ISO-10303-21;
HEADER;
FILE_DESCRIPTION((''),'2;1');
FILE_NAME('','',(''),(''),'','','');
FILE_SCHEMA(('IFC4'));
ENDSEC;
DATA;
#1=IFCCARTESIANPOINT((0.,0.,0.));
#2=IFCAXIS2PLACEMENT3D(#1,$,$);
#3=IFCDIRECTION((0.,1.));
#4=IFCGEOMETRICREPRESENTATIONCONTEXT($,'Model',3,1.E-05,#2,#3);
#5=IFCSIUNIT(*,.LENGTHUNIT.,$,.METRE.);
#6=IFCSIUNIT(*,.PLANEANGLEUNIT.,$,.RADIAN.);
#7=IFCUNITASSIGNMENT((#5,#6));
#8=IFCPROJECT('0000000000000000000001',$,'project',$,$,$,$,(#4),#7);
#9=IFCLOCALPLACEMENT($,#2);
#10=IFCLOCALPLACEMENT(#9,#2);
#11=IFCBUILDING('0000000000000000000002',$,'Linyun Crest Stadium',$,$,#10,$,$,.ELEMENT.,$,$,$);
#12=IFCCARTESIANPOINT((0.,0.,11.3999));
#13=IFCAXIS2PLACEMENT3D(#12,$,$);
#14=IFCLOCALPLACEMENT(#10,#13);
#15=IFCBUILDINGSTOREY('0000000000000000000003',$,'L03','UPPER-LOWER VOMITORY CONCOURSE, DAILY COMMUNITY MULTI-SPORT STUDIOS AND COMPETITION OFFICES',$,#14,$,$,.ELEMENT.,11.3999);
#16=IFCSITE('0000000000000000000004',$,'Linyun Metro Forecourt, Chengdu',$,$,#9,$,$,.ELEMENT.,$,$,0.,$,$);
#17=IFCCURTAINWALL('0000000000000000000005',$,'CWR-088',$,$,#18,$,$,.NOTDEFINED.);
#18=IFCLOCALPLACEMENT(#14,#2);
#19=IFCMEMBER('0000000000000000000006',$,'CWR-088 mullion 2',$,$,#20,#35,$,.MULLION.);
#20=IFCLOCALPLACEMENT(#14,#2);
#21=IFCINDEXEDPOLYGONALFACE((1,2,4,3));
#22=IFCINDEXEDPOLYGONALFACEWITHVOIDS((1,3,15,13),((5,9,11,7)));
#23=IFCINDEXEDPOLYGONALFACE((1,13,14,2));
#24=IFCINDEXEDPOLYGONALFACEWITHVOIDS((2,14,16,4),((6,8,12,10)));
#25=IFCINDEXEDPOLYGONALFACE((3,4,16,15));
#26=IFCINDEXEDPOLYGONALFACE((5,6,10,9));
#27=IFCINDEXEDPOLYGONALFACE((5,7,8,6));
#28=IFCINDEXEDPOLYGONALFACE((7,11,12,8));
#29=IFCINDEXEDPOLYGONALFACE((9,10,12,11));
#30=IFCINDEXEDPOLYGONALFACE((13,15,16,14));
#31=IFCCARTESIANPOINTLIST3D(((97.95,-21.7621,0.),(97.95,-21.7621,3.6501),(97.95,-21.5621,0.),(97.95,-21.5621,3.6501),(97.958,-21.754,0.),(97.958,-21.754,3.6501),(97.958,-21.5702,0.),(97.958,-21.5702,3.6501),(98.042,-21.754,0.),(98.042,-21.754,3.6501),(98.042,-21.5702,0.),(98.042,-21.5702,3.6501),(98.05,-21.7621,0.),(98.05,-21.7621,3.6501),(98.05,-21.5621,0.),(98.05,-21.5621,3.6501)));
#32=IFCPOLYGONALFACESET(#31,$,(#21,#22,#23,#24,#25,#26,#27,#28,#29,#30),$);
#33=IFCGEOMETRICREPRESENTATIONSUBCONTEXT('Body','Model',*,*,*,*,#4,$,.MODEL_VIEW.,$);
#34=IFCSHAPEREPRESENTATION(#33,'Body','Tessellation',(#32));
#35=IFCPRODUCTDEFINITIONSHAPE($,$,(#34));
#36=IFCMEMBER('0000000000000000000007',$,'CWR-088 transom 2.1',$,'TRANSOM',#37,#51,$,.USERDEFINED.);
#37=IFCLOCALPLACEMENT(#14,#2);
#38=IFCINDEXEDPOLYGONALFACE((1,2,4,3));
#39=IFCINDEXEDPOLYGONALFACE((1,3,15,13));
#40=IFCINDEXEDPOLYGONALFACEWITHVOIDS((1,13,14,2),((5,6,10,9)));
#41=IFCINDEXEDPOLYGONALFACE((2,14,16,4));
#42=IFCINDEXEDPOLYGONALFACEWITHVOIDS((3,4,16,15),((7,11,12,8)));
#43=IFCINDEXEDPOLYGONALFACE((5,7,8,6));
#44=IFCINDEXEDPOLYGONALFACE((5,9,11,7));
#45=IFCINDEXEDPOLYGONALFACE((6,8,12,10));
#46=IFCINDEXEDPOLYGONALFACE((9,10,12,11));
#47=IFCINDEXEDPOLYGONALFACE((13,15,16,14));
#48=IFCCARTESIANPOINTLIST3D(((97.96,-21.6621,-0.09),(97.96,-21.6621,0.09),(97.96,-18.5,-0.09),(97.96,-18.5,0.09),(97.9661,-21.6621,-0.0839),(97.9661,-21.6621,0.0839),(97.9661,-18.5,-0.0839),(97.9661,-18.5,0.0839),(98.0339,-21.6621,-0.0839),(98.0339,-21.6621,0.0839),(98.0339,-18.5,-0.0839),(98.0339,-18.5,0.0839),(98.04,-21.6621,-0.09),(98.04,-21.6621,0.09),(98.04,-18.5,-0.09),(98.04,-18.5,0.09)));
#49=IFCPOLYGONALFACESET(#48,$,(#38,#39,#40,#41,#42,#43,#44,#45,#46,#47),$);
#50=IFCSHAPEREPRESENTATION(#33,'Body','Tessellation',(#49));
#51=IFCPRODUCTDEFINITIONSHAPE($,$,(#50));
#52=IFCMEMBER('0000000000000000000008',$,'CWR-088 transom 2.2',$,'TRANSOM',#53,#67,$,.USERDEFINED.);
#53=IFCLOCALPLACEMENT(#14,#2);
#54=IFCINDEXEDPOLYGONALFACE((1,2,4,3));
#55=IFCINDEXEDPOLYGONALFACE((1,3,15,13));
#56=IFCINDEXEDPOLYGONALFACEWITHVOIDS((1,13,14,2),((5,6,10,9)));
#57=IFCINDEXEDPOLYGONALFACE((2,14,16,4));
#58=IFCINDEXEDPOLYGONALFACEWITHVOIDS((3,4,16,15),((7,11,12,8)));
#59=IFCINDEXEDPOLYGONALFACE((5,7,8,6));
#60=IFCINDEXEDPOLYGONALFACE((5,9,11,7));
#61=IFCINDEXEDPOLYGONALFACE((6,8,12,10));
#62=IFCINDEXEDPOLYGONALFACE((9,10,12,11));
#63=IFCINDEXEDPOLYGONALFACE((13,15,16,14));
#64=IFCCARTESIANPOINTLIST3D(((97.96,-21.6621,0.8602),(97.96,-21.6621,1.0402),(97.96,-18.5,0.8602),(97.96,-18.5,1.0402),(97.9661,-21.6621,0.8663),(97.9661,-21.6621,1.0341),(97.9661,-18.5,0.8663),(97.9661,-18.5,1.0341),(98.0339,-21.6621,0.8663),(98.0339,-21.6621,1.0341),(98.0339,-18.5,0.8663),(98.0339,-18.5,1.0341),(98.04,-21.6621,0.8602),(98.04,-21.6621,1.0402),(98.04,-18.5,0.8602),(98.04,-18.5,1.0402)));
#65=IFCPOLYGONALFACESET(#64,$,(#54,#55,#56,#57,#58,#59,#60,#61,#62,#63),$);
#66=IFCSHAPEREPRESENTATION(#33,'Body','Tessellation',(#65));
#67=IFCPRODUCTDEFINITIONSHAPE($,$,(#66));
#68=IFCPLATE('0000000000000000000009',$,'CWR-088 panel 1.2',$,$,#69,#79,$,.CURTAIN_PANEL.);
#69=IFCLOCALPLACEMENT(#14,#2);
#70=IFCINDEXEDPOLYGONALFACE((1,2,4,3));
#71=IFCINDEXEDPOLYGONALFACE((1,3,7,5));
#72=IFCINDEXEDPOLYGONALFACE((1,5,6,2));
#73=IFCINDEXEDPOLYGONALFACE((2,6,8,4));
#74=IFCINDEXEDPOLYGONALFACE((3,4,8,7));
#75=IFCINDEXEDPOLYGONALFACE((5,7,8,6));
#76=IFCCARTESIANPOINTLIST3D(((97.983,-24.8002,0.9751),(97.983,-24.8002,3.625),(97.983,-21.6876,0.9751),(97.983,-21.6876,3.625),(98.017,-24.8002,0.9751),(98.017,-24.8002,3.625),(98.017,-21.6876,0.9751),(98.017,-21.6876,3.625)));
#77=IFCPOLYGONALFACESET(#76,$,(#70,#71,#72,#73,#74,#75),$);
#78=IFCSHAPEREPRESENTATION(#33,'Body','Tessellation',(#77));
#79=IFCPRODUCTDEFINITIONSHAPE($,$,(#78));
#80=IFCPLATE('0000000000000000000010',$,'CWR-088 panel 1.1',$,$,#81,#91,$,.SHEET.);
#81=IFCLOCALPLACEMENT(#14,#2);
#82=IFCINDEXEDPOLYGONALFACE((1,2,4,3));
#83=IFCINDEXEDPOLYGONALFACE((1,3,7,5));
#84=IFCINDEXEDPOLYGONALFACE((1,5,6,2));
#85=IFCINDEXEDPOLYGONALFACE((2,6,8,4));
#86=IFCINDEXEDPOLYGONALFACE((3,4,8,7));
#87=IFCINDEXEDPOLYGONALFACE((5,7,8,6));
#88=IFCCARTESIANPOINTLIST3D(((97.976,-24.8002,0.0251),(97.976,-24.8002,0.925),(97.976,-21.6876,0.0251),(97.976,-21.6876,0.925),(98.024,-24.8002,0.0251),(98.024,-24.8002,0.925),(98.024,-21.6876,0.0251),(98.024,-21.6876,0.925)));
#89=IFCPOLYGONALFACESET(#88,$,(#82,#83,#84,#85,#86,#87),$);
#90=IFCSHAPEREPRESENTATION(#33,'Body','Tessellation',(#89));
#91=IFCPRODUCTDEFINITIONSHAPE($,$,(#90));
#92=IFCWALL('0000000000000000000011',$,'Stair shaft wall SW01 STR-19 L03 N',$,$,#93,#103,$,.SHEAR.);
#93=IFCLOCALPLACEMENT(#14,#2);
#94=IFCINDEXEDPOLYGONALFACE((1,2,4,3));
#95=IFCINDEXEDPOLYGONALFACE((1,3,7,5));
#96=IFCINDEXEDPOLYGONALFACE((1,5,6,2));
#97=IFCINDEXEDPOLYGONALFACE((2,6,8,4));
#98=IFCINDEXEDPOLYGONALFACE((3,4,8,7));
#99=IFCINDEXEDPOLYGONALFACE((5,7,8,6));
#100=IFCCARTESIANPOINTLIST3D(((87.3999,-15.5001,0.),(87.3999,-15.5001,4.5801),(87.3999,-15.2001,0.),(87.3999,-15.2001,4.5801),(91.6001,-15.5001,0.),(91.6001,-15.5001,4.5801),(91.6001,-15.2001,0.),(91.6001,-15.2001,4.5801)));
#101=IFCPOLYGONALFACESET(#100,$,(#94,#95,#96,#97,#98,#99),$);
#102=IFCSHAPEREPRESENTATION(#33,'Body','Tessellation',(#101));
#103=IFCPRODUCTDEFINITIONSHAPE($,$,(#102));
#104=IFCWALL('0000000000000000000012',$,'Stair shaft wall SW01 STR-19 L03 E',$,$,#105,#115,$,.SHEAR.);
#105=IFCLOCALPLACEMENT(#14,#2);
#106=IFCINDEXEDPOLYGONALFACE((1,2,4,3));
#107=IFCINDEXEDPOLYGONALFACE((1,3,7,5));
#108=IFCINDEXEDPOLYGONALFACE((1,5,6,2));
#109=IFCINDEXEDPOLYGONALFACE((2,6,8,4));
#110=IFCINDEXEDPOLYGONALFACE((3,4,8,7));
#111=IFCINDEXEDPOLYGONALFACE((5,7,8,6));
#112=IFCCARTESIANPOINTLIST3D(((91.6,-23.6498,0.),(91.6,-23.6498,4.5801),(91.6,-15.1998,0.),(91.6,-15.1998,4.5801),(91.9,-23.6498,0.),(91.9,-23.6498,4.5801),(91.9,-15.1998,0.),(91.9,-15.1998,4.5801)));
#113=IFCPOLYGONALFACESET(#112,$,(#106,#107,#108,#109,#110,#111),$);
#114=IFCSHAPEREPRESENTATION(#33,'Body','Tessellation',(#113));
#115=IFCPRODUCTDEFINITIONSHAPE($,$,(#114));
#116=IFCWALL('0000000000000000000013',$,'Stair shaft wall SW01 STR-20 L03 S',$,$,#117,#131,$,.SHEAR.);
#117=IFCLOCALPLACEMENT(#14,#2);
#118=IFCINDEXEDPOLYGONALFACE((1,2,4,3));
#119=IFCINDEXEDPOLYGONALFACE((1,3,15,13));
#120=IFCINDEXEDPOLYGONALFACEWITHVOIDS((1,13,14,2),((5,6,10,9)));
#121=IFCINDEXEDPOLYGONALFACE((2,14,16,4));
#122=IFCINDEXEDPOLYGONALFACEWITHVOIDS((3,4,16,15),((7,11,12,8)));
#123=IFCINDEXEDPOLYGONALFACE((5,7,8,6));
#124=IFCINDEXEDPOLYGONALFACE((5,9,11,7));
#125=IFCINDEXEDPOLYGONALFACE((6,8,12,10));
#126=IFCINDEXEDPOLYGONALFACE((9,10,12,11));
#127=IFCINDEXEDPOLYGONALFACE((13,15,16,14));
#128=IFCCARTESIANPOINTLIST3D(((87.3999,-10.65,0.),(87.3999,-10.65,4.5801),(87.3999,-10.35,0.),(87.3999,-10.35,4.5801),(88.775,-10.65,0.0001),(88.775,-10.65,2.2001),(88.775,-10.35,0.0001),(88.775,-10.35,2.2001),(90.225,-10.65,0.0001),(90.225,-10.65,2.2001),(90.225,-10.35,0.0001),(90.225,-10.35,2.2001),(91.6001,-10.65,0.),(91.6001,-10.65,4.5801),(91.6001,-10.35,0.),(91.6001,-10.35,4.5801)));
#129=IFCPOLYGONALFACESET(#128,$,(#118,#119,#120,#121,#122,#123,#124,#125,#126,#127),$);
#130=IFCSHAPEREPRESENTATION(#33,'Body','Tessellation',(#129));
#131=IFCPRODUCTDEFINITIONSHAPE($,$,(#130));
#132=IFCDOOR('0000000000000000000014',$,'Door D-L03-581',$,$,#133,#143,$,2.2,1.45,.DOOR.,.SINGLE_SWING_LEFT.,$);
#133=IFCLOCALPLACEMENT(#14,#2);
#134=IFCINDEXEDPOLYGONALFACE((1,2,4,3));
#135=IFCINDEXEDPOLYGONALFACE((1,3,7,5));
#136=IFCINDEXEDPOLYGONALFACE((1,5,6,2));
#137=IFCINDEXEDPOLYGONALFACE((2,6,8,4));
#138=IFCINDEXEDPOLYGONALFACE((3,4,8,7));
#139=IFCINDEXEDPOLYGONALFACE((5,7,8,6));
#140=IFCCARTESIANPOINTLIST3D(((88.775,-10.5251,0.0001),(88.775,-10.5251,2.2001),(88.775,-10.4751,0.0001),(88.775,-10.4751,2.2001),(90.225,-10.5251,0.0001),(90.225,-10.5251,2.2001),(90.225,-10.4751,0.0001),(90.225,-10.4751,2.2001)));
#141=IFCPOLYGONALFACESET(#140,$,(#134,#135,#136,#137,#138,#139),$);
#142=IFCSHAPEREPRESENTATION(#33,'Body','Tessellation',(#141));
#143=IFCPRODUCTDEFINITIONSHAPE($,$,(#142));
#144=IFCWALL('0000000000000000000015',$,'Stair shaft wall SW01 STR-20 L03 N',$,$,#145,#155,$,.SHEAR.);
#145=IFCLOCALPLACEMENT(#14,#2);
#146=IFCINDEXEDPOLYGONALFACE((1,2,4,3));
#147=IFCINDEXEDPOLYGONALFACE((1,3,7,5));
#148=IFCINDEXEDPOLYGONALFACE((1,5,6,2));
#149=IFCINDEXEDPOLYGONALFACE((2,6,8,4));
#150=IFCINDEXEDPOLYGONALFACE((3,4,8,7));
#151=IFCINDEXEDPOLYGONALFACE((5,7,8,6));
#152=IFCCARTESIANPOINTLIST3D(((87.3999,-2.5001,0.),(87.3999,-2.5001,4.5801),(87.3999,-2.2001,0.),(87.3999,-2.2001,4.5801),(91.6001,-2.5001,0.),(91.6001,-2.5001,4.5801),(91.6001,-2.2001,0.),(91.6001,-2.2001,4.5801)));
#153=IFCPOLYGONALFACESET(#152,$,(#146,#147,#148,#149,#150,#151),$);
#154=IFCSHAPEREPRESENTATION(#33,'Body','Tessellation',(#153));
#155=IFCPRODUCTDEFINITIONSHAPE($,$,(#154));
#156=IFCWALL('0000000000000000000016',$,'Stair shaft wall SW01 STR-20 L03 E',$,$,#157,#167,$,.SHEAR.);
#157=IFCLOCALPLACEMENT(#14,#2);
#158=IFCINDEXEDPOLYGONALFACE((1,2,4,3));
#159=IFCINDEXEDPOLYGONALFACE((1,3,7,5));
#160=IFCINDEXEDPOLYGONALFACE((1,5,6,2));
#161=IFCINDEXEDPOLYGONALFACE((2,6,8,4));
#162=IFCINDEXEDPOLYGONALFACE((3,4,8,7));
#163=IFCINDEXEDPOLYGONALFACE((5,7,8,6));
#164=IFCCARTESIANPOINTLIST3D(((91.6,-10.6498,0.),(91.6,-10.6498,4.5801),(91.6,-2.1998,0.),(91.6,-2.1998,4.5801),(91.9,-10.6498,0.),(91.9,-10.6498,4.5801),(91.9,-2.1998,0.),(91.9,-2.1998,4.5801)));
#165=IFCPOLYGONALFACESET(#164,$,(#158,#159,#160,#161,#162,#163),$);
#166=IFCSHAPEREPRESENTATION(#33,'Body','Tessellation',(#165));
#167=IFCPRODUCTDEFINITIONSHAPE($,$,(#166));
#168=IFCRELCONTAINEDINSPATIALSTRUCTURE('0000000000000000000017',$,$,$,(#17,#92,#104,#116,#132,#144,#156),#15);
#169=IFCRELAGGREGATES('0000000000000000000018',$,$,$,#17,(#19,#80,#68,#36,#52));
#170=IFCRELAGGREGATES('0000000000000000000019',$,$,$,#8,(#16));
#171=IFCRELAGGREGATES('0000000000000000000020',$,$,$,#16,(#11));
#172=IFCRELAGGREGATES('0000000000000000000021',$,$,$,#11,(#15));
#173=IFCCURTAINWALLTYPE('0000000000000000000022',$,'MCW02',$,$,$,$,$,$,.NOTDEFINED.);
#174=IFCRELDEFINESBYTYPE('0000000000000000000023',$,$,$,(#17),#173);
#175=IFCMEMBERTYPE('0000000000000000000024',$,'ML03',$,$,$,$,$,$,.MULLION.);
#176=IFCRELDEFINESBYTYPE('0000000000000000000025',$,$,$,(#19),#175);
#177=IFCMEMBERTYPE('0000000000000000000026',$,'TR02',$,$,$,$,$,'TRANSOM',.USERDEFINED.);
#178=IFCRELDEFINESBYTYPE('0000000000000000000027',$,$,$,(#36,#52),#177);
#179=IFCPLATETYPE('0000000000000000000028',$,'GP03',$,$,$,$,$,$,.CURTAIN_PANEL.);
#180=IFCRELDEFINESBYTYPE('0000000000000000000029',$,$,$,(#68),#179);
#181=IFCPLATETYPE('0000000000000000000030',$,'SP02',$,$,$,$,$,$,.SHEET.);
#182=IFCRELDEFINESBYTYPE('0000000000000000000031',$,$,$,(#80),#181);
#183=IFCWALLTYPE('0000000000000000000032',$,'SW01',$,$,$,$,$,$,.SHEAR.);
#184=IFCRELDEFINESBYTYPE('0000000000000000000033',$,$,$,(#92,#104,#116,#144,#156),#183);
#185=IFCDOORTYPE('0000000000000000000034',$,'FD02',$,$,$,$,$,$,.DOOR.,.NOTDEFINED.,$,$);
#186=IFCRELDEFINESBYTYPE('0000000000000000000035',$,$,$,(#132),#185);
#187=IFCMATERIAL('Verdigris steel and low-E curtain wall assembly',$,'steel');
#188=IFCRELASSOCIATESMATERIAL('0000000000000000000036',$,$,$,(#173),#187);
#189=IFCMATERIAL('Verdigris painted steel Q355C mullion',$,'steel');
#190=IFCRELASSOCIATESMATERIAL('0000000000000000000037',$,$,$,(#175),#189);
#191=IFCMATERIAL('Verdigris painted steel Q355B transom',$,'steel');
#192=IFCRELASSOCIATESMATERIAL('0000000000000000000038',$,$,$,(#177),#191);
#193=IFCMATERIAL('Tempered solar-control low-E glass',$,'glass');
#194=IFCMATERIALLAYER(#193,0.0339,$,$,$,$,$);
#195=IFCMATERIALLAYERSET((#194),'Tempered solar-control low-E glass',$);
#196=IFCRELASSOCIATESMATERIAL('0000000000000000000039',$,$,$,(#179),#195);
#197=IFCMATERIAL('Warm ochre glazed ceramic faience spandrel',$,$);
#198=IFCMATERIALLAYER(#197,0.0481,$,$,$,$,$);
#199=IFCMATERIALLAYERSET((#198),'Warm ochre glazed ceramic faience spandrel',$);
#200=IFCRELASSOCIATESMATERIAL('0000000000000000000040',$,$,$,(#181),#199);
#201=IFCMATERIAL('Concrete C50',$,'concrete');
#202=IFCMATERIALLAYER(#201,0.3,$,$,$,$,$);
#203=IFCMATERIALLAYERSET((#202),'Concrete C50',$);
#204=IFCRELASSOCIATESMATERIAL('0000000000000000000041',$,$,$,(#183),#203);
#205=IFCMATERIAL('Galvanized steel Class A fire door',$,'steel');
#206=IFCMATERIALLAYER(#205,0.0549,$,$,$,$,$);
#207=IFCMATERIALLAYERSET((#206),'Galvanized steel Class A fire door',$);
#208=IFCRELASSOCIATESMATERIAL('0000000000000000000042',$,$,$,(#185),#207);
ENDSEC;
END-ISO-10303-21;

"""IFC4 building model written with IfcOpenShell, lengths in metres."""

from ifc_helpers import new_model, si_unit, direction, frame, frame_2d, origin, origin_2d, place, context, subcontext, project, spatial, rectangle, hollow_rectangle, extrude, material, layer, layer_set, material_profile, profile_set, type_object, element, fill, aggregate, save


model = new_model("IFC4")

# Units and contexts
model_context = context("Model", 3, precision=1e-05, world=origin(), true_north=direction((0.0, 1.0)))
body_context = subcontext(model_context, "Body", "Model", "MODEL_VIEW")
ifc_project = project(units=[si_unit("LENGTHUNIT", "METRE"), si_unit("PLANEANGLEUNIT", "RADIAN")], contexts=[model_context])

# Site, building, storey
site_placement = place(None, origin())
site = spatial("IfcSite", under=ifc_project, at=site_placement, Name="Linyun Metro Forecourt, Chengdu", CompositionType="ELEMENT", RefElevation=0.0)
building_placement = place(site_placement, origin())
building = spatial("IfcBuilding", under=site, at=building_placement, Name="Linyun Crest Stadium", CompositionType="ELEMENT")
storey_placement = place(building_placement, frame((0.0, 0.0, 11.3999)))
storey = spatial("IfcBuildingStorey", under=building, at=storey_placement, Name="L03", Description="UPPER-LOWER VOMITORY CONCOURSE, DAILY COMMUNITY MULTI-SPORT STUDIOS AND COMPETITION OFFICES", CompositionType="ELEMENT", Elevation=11.3999)

# Curtain wall, members, plates
ifc_material_1 = material(Name="Verdigris steel and low-E curtain wall assembly", Category="steel")
curtain_wall_type = type_object("IfcCurtainWallType", Name="MCW02", PredefinedType="NOTDEFINED", material=ifc_material_1)
curtain_wall_placement = place(storey_placement, origin())
curtain_wall = element("IfcCurtainWall", 1, at=curtain_wall_placement, inside=storey, type_object=curtain_wall_type, Name="CWR-088", PredefinedType="NOTDEFINED")
ifc_material_2 = material(Name="Verdigris painted steel Q355C mullion", Category="steel")
ifc_material_profile_1 = material_profile(ifc_material_2, hollow_rectangle(XDim=0.1001, YDim=0.2, WallThickness=0.0081, at=origin_2d()), Name="RHS 200x100x8")
ifc_profile_set_1 = profile_set([ifc_material_profile_1], Name="Verdigris painted steel Q355C mullion")
member_type_1 = type_object("IfcMemberType", Name="ML03", PredefinedType="MULLION", material=ifc_profile_set_1)
member_1_placement = place(storey_placement, frame((98.0, -21.6621, 0.0), z_axis=(0.0, 0.0, 1.0), x_axis=(-1.0, 0.0, 0.0)))
member_1 = element("IfcMember", 2, at=member_1_placement, type_object=member_type_1, Name="CWR-088 mullion 2", PredefinedType="MULLION", context=body_context, shape_type="SweptSolid", body=[
    extrude(hollow_rectangle(XDim=0.1001, YDim=0.2, WallThickness=0.0081, at=origin_2d()), origin(), (0.0, 0.0, 1.0), 3.6501),
])
ifc_material_3 = material(Name="Verdigris painted steel Q355B transom", Category="steel")
ifc_material_profile_2 = material_profile(ifc_material_3, hollow_rectangle(XDim=0.0801, YDim=0.1799, WallThickness=0.0061, at=origin_2d()), Name="RHS 180x80x6")
ifc_profile_set_2 = profile_set([ifc_material_profile_2], Name="Verdigris painted steel Q355B transom")
member_type_2 = type_object("IfcMemberType", Name="TR02", ElementType="TRANSOM", PredefinedType="USERDEFINED", material=ifc_profile_set_2)
member_2_placement = place(storey_placement, frame((98.0, -21.6621, 0.0), z_axis=(0.0, 1.0, 0.0), x_axis=(-1.0, 0.0, 0.0)))
member_2 = element("IfcMember", 3, at=member_2_placement, type_object=member_type_2, Name="CWR-088 transom 2.1", ObjectType="TRANSOM", PredefinedType="USERDEFINED", context=body_context, shape_type="SweptSolid", body=[
    extrude(hollow_rectangle(XDim=0.0801, YDim=0.1799, WallThickness=0.0061, at=origin_2d()), origin(), (0.0, 0.0, 1.0), 3.1621),
])
member_3_placement = place(storey_placement, frame((98.0, -21.6621, 0.9502), z_axis=(0.0, 1.0, 0.0), x_axis=(-1.0, 0.0, 0.0)))
member_3 = element("IfcMember", 4, at=member_3_placement, type_object=member_type_2, Name="CWR-088 transom 2.2", ObjectType="TRANSOM", PredefinedType="USERDEFINED", context=body_context, shape_type="SweptSolid", body=[
    extrude(hollow_rectangle(XDim=0.0801, YDim=0.1799, WallThickness=0.0061, at=origin_2d()), origin(), (0.0, 0.0, 1.0), 3.1621),
])
ifc_material_4 = material(Name="Tempered solar-control low-E glass", Category="glass")
ifc_layer_1 = layer(ifc_material_4, 0.0339)
ifc_layer_set_1 = layer_set([ifc_layer_1], Name="Tempered solar-control low-E glass")
plate_type_1 = type_object("IfcPlateType", Name="GP03", PredefinedType="CURTAIN_PANEL", material=ifc_layer_set_1)
plate_1_placement = place(storey_placement, frame((98.0, -23.2439, 0.9751), z_axis=(0.0, 0.0, 1.0), x_axis=(0.0, 1.0, 0.0)))
plate_1 = element("IfcPlate", 5, at=plate_1_placement, type_object=plate_type_1, Name="CWR-088 panel 1.2", PredefinedType="CURTAIN_PANEL", context=body_context, shape_type="SweptSolid", body=[
    extrude(rectangle(XDim=3.1125, YDim=0.0339, at=origin_2d()), origin(), (0.0, 0.0, 1.0), 2.6499),
])
ifc_material_5 = material(Name="Warm ochre glazed ceramic faience spandrel")
ifc_layer_2 = layer(ifc_material_5, 0.0481)
ifc_layer_set_2 = layer_set([ifc_layer_2], Name="Warm ochre glazed ceramic faience spandrel")
plate_type_2 = type_object("IfcPlateType", Name="SP02", PredefinedType="SHEET", material=ifc_layer_set_2)
plate_2_placement = place(storey_placement, frame((98.0, -23.2439, 0.0251), z_axis=(0.0, 0.0, 1.0), x_axis=(0.0, 1.0, 0.0)))
plate_2 = element("IfcPlate", 6, at=plate_2_placement, type_object=plate_type_2, Name="CWR-088 panel 1.1", PredefinedType="SHEET", context=body_context, shape_type="SweptSolid", body=[
    extrude(rectangle(XDim=3.1125, YDim=0.0481, at=origin_2d()), origin(), (0.0, 0.0, 1.0), 0.8999),
])
aggregate(curtain_wall, [member_1, plate_2, plate_1, member_2, member_3])

# Walls
ifc_material_6 = material(Name="Concrete C50", Category="concrete")
ifc_layer_3 = layer(ifc_material_6, 0.3)
ifc_layer_set_3 = layer_set([ifc_layer_3], Name="Concrete C50")
wall_type = type_object("IfcWallType", Name="SW01", PredefinedType="SHEAR", material=ifc_layer_set_3)
wall_1_placement = place(storey_placement, frame((87.3999, -15.3501, 0.0), z_axis=(0.0, 0.0, 1.0), x_axis=(1.0, 0.0, 0.0)))
element("IfcWall", 7, at=wall_1_placement, inside=storey, type_object=wall_type, Name="Stair shaft wall SW01 STR-19 L03 N", PredefinedType="SHEAR", context=body_context, shape_type="SweptSolid", body=[
    extrude(rectangle(XDim=4.2002, YDim=0.3, at=frame_2d((2.1001, 0.0))), origin(), (0.0, 0.0, 1.0), 4.5801),
])
wall_2_placement = place(storey_placement, frame((91.75, -23.6499, 0.0), z_axis=(0.0, 0.0, 1.0), x_axis=(0.0, 1.0, 0.0)))
element("IfcWall", 8, at=wall_2_placement, inside=storey, type_object=wall_type, Name="Stair shaft wall SW01 STR-19 L03 E", PredefinedType="SHEAR", context=body_context, shape_type="SweptSolid", body=[
    extrude(rectangle(XDim=8.45, YDim=0.3, at=frame_2d((4.2251, 0.0))), origin(), (0.0, 0.0, 1.0), 4.5801),
])

# Wall, opening, door
wall_3_placement = place(storey_placement, frame((87.3999, -10.5, 0.0), z_axis=(0.0, 0.0, 1.0), x_axis=(1.0, 0.0, 0.0)))
wall_3 = element("IfcWall", 9, at=wall_3_placement, inside=storey, type_object=wall_type, Name="Stair shaft wall SW01 STR-20 L03 S", PredefinedType="SHEAR", context=body_context, shape_type="SweptSolid", body=[
    extrude(rectangle(XDim=4.2002, YDim=0.3, at=frame_2d((2.1001, 0.0))), origin(), (0.0, 0.0, 1.0), 4.5801),
])
opening_placement = place(wall_3_placement, frame((1.375, 0.0, 0.0)))
opening = element("IfcOpeningElement", 10, at=opening_placement, cuts=wall_3, PredefinedType="OPENING", context=body_context, shape_type="SweptSolid", body=[
    extrude(rectangle(XDim=1.45, YDim=2.2, at=frame_2d((0.7251, 1.1001))), frame((0.0, 0.1599, 0.0), z_axis=(0.0, -1.0, 0.0), x_axis=(1.0, 0.0, 0.0)), (0.0, 0.0, 1.0), 0.3201),
])
ifc_material_7 = material(Name="Galvanized steel Class A fire door", Category="steel")
ifc_layer_4 = layer(ifc_material_7, 0.0549)
ifc_layer_set_4 = layer_set([ifc_layer_4], Name="Galvanized steel Class A fire door")
door_type = type_object("IfcDoorType", Name="FD02", OperationType="NOTDEFINED", PredefinedType="DOOR", material=ifc_layer_set_4)
door_placement = place(opening_placement, origin())
door = element("IfcDoor", 11, at=door_placement, inside=storey, type_object=door_type, Name="Door D-L03-581", OperationType="SINGLE_SWING_LEFT", OverallHeight=2.2, OverallWidth=1.45, PredefinedType="DOOR", context=body_context, shape_type="SweptSolid", body=[
    extrude(rectangle(XDim=1.45, YDim=2.2, at=frame_2d((0.7251, 1.1001))), frame((0.0, 0.0249, 0.0), z_axis=(0.0, -1.0, 0.0), x_axis=(1.0, 0.0, 0.0)), (0.0, 0.0, 1.0), 0.05),
])
fill(opening, door)

# Walls
wall_4_placement = place(storey_placement, frame((87.3999, -2.3501, 0.0), z_axis=(0.0, 0.0, 1.0), x_axis=(1.0, 0.0, 0.0)))
element("IfcWall", 12, at=wall_4_placement, inside=storey, type_object=wall_type, Name="Stair shaft wall SW01 STR-20 L03 N", PredefinedType="SHEAR", context=body_context, shape_type="SweptSolid", body=[
    extrude(rectangle(XDim=4.2002, YDim=0.3, at=frame_2d((2.1001, 0.0))), origin(), (0.0, 0.0, 1.0), 4.5801),
])
wall_5_placement = place(storey_placement, frame((91.75, -10.6499, 0.0), z_axis=(0.0, 0.0, 1.0), x_axis=(0.0, 1.0, 0.0)))
element("IfcWall", 13, at=wall_5_placement, inside=storey, type_object=wall_type, Name="Stair shaft wall SW01 STR-20 L03 E", PredefinedType="SHEAR", context=body_context, shape_type="SweptSolid", body=[
    extrude(rectangle(XDim=8.45, YDim=0.3, at=frame_2d((4.2251, 0.0))), origin(), (0.0, 0.0, 1.0), 4.5801),
])

save(model, "model.ifc")
